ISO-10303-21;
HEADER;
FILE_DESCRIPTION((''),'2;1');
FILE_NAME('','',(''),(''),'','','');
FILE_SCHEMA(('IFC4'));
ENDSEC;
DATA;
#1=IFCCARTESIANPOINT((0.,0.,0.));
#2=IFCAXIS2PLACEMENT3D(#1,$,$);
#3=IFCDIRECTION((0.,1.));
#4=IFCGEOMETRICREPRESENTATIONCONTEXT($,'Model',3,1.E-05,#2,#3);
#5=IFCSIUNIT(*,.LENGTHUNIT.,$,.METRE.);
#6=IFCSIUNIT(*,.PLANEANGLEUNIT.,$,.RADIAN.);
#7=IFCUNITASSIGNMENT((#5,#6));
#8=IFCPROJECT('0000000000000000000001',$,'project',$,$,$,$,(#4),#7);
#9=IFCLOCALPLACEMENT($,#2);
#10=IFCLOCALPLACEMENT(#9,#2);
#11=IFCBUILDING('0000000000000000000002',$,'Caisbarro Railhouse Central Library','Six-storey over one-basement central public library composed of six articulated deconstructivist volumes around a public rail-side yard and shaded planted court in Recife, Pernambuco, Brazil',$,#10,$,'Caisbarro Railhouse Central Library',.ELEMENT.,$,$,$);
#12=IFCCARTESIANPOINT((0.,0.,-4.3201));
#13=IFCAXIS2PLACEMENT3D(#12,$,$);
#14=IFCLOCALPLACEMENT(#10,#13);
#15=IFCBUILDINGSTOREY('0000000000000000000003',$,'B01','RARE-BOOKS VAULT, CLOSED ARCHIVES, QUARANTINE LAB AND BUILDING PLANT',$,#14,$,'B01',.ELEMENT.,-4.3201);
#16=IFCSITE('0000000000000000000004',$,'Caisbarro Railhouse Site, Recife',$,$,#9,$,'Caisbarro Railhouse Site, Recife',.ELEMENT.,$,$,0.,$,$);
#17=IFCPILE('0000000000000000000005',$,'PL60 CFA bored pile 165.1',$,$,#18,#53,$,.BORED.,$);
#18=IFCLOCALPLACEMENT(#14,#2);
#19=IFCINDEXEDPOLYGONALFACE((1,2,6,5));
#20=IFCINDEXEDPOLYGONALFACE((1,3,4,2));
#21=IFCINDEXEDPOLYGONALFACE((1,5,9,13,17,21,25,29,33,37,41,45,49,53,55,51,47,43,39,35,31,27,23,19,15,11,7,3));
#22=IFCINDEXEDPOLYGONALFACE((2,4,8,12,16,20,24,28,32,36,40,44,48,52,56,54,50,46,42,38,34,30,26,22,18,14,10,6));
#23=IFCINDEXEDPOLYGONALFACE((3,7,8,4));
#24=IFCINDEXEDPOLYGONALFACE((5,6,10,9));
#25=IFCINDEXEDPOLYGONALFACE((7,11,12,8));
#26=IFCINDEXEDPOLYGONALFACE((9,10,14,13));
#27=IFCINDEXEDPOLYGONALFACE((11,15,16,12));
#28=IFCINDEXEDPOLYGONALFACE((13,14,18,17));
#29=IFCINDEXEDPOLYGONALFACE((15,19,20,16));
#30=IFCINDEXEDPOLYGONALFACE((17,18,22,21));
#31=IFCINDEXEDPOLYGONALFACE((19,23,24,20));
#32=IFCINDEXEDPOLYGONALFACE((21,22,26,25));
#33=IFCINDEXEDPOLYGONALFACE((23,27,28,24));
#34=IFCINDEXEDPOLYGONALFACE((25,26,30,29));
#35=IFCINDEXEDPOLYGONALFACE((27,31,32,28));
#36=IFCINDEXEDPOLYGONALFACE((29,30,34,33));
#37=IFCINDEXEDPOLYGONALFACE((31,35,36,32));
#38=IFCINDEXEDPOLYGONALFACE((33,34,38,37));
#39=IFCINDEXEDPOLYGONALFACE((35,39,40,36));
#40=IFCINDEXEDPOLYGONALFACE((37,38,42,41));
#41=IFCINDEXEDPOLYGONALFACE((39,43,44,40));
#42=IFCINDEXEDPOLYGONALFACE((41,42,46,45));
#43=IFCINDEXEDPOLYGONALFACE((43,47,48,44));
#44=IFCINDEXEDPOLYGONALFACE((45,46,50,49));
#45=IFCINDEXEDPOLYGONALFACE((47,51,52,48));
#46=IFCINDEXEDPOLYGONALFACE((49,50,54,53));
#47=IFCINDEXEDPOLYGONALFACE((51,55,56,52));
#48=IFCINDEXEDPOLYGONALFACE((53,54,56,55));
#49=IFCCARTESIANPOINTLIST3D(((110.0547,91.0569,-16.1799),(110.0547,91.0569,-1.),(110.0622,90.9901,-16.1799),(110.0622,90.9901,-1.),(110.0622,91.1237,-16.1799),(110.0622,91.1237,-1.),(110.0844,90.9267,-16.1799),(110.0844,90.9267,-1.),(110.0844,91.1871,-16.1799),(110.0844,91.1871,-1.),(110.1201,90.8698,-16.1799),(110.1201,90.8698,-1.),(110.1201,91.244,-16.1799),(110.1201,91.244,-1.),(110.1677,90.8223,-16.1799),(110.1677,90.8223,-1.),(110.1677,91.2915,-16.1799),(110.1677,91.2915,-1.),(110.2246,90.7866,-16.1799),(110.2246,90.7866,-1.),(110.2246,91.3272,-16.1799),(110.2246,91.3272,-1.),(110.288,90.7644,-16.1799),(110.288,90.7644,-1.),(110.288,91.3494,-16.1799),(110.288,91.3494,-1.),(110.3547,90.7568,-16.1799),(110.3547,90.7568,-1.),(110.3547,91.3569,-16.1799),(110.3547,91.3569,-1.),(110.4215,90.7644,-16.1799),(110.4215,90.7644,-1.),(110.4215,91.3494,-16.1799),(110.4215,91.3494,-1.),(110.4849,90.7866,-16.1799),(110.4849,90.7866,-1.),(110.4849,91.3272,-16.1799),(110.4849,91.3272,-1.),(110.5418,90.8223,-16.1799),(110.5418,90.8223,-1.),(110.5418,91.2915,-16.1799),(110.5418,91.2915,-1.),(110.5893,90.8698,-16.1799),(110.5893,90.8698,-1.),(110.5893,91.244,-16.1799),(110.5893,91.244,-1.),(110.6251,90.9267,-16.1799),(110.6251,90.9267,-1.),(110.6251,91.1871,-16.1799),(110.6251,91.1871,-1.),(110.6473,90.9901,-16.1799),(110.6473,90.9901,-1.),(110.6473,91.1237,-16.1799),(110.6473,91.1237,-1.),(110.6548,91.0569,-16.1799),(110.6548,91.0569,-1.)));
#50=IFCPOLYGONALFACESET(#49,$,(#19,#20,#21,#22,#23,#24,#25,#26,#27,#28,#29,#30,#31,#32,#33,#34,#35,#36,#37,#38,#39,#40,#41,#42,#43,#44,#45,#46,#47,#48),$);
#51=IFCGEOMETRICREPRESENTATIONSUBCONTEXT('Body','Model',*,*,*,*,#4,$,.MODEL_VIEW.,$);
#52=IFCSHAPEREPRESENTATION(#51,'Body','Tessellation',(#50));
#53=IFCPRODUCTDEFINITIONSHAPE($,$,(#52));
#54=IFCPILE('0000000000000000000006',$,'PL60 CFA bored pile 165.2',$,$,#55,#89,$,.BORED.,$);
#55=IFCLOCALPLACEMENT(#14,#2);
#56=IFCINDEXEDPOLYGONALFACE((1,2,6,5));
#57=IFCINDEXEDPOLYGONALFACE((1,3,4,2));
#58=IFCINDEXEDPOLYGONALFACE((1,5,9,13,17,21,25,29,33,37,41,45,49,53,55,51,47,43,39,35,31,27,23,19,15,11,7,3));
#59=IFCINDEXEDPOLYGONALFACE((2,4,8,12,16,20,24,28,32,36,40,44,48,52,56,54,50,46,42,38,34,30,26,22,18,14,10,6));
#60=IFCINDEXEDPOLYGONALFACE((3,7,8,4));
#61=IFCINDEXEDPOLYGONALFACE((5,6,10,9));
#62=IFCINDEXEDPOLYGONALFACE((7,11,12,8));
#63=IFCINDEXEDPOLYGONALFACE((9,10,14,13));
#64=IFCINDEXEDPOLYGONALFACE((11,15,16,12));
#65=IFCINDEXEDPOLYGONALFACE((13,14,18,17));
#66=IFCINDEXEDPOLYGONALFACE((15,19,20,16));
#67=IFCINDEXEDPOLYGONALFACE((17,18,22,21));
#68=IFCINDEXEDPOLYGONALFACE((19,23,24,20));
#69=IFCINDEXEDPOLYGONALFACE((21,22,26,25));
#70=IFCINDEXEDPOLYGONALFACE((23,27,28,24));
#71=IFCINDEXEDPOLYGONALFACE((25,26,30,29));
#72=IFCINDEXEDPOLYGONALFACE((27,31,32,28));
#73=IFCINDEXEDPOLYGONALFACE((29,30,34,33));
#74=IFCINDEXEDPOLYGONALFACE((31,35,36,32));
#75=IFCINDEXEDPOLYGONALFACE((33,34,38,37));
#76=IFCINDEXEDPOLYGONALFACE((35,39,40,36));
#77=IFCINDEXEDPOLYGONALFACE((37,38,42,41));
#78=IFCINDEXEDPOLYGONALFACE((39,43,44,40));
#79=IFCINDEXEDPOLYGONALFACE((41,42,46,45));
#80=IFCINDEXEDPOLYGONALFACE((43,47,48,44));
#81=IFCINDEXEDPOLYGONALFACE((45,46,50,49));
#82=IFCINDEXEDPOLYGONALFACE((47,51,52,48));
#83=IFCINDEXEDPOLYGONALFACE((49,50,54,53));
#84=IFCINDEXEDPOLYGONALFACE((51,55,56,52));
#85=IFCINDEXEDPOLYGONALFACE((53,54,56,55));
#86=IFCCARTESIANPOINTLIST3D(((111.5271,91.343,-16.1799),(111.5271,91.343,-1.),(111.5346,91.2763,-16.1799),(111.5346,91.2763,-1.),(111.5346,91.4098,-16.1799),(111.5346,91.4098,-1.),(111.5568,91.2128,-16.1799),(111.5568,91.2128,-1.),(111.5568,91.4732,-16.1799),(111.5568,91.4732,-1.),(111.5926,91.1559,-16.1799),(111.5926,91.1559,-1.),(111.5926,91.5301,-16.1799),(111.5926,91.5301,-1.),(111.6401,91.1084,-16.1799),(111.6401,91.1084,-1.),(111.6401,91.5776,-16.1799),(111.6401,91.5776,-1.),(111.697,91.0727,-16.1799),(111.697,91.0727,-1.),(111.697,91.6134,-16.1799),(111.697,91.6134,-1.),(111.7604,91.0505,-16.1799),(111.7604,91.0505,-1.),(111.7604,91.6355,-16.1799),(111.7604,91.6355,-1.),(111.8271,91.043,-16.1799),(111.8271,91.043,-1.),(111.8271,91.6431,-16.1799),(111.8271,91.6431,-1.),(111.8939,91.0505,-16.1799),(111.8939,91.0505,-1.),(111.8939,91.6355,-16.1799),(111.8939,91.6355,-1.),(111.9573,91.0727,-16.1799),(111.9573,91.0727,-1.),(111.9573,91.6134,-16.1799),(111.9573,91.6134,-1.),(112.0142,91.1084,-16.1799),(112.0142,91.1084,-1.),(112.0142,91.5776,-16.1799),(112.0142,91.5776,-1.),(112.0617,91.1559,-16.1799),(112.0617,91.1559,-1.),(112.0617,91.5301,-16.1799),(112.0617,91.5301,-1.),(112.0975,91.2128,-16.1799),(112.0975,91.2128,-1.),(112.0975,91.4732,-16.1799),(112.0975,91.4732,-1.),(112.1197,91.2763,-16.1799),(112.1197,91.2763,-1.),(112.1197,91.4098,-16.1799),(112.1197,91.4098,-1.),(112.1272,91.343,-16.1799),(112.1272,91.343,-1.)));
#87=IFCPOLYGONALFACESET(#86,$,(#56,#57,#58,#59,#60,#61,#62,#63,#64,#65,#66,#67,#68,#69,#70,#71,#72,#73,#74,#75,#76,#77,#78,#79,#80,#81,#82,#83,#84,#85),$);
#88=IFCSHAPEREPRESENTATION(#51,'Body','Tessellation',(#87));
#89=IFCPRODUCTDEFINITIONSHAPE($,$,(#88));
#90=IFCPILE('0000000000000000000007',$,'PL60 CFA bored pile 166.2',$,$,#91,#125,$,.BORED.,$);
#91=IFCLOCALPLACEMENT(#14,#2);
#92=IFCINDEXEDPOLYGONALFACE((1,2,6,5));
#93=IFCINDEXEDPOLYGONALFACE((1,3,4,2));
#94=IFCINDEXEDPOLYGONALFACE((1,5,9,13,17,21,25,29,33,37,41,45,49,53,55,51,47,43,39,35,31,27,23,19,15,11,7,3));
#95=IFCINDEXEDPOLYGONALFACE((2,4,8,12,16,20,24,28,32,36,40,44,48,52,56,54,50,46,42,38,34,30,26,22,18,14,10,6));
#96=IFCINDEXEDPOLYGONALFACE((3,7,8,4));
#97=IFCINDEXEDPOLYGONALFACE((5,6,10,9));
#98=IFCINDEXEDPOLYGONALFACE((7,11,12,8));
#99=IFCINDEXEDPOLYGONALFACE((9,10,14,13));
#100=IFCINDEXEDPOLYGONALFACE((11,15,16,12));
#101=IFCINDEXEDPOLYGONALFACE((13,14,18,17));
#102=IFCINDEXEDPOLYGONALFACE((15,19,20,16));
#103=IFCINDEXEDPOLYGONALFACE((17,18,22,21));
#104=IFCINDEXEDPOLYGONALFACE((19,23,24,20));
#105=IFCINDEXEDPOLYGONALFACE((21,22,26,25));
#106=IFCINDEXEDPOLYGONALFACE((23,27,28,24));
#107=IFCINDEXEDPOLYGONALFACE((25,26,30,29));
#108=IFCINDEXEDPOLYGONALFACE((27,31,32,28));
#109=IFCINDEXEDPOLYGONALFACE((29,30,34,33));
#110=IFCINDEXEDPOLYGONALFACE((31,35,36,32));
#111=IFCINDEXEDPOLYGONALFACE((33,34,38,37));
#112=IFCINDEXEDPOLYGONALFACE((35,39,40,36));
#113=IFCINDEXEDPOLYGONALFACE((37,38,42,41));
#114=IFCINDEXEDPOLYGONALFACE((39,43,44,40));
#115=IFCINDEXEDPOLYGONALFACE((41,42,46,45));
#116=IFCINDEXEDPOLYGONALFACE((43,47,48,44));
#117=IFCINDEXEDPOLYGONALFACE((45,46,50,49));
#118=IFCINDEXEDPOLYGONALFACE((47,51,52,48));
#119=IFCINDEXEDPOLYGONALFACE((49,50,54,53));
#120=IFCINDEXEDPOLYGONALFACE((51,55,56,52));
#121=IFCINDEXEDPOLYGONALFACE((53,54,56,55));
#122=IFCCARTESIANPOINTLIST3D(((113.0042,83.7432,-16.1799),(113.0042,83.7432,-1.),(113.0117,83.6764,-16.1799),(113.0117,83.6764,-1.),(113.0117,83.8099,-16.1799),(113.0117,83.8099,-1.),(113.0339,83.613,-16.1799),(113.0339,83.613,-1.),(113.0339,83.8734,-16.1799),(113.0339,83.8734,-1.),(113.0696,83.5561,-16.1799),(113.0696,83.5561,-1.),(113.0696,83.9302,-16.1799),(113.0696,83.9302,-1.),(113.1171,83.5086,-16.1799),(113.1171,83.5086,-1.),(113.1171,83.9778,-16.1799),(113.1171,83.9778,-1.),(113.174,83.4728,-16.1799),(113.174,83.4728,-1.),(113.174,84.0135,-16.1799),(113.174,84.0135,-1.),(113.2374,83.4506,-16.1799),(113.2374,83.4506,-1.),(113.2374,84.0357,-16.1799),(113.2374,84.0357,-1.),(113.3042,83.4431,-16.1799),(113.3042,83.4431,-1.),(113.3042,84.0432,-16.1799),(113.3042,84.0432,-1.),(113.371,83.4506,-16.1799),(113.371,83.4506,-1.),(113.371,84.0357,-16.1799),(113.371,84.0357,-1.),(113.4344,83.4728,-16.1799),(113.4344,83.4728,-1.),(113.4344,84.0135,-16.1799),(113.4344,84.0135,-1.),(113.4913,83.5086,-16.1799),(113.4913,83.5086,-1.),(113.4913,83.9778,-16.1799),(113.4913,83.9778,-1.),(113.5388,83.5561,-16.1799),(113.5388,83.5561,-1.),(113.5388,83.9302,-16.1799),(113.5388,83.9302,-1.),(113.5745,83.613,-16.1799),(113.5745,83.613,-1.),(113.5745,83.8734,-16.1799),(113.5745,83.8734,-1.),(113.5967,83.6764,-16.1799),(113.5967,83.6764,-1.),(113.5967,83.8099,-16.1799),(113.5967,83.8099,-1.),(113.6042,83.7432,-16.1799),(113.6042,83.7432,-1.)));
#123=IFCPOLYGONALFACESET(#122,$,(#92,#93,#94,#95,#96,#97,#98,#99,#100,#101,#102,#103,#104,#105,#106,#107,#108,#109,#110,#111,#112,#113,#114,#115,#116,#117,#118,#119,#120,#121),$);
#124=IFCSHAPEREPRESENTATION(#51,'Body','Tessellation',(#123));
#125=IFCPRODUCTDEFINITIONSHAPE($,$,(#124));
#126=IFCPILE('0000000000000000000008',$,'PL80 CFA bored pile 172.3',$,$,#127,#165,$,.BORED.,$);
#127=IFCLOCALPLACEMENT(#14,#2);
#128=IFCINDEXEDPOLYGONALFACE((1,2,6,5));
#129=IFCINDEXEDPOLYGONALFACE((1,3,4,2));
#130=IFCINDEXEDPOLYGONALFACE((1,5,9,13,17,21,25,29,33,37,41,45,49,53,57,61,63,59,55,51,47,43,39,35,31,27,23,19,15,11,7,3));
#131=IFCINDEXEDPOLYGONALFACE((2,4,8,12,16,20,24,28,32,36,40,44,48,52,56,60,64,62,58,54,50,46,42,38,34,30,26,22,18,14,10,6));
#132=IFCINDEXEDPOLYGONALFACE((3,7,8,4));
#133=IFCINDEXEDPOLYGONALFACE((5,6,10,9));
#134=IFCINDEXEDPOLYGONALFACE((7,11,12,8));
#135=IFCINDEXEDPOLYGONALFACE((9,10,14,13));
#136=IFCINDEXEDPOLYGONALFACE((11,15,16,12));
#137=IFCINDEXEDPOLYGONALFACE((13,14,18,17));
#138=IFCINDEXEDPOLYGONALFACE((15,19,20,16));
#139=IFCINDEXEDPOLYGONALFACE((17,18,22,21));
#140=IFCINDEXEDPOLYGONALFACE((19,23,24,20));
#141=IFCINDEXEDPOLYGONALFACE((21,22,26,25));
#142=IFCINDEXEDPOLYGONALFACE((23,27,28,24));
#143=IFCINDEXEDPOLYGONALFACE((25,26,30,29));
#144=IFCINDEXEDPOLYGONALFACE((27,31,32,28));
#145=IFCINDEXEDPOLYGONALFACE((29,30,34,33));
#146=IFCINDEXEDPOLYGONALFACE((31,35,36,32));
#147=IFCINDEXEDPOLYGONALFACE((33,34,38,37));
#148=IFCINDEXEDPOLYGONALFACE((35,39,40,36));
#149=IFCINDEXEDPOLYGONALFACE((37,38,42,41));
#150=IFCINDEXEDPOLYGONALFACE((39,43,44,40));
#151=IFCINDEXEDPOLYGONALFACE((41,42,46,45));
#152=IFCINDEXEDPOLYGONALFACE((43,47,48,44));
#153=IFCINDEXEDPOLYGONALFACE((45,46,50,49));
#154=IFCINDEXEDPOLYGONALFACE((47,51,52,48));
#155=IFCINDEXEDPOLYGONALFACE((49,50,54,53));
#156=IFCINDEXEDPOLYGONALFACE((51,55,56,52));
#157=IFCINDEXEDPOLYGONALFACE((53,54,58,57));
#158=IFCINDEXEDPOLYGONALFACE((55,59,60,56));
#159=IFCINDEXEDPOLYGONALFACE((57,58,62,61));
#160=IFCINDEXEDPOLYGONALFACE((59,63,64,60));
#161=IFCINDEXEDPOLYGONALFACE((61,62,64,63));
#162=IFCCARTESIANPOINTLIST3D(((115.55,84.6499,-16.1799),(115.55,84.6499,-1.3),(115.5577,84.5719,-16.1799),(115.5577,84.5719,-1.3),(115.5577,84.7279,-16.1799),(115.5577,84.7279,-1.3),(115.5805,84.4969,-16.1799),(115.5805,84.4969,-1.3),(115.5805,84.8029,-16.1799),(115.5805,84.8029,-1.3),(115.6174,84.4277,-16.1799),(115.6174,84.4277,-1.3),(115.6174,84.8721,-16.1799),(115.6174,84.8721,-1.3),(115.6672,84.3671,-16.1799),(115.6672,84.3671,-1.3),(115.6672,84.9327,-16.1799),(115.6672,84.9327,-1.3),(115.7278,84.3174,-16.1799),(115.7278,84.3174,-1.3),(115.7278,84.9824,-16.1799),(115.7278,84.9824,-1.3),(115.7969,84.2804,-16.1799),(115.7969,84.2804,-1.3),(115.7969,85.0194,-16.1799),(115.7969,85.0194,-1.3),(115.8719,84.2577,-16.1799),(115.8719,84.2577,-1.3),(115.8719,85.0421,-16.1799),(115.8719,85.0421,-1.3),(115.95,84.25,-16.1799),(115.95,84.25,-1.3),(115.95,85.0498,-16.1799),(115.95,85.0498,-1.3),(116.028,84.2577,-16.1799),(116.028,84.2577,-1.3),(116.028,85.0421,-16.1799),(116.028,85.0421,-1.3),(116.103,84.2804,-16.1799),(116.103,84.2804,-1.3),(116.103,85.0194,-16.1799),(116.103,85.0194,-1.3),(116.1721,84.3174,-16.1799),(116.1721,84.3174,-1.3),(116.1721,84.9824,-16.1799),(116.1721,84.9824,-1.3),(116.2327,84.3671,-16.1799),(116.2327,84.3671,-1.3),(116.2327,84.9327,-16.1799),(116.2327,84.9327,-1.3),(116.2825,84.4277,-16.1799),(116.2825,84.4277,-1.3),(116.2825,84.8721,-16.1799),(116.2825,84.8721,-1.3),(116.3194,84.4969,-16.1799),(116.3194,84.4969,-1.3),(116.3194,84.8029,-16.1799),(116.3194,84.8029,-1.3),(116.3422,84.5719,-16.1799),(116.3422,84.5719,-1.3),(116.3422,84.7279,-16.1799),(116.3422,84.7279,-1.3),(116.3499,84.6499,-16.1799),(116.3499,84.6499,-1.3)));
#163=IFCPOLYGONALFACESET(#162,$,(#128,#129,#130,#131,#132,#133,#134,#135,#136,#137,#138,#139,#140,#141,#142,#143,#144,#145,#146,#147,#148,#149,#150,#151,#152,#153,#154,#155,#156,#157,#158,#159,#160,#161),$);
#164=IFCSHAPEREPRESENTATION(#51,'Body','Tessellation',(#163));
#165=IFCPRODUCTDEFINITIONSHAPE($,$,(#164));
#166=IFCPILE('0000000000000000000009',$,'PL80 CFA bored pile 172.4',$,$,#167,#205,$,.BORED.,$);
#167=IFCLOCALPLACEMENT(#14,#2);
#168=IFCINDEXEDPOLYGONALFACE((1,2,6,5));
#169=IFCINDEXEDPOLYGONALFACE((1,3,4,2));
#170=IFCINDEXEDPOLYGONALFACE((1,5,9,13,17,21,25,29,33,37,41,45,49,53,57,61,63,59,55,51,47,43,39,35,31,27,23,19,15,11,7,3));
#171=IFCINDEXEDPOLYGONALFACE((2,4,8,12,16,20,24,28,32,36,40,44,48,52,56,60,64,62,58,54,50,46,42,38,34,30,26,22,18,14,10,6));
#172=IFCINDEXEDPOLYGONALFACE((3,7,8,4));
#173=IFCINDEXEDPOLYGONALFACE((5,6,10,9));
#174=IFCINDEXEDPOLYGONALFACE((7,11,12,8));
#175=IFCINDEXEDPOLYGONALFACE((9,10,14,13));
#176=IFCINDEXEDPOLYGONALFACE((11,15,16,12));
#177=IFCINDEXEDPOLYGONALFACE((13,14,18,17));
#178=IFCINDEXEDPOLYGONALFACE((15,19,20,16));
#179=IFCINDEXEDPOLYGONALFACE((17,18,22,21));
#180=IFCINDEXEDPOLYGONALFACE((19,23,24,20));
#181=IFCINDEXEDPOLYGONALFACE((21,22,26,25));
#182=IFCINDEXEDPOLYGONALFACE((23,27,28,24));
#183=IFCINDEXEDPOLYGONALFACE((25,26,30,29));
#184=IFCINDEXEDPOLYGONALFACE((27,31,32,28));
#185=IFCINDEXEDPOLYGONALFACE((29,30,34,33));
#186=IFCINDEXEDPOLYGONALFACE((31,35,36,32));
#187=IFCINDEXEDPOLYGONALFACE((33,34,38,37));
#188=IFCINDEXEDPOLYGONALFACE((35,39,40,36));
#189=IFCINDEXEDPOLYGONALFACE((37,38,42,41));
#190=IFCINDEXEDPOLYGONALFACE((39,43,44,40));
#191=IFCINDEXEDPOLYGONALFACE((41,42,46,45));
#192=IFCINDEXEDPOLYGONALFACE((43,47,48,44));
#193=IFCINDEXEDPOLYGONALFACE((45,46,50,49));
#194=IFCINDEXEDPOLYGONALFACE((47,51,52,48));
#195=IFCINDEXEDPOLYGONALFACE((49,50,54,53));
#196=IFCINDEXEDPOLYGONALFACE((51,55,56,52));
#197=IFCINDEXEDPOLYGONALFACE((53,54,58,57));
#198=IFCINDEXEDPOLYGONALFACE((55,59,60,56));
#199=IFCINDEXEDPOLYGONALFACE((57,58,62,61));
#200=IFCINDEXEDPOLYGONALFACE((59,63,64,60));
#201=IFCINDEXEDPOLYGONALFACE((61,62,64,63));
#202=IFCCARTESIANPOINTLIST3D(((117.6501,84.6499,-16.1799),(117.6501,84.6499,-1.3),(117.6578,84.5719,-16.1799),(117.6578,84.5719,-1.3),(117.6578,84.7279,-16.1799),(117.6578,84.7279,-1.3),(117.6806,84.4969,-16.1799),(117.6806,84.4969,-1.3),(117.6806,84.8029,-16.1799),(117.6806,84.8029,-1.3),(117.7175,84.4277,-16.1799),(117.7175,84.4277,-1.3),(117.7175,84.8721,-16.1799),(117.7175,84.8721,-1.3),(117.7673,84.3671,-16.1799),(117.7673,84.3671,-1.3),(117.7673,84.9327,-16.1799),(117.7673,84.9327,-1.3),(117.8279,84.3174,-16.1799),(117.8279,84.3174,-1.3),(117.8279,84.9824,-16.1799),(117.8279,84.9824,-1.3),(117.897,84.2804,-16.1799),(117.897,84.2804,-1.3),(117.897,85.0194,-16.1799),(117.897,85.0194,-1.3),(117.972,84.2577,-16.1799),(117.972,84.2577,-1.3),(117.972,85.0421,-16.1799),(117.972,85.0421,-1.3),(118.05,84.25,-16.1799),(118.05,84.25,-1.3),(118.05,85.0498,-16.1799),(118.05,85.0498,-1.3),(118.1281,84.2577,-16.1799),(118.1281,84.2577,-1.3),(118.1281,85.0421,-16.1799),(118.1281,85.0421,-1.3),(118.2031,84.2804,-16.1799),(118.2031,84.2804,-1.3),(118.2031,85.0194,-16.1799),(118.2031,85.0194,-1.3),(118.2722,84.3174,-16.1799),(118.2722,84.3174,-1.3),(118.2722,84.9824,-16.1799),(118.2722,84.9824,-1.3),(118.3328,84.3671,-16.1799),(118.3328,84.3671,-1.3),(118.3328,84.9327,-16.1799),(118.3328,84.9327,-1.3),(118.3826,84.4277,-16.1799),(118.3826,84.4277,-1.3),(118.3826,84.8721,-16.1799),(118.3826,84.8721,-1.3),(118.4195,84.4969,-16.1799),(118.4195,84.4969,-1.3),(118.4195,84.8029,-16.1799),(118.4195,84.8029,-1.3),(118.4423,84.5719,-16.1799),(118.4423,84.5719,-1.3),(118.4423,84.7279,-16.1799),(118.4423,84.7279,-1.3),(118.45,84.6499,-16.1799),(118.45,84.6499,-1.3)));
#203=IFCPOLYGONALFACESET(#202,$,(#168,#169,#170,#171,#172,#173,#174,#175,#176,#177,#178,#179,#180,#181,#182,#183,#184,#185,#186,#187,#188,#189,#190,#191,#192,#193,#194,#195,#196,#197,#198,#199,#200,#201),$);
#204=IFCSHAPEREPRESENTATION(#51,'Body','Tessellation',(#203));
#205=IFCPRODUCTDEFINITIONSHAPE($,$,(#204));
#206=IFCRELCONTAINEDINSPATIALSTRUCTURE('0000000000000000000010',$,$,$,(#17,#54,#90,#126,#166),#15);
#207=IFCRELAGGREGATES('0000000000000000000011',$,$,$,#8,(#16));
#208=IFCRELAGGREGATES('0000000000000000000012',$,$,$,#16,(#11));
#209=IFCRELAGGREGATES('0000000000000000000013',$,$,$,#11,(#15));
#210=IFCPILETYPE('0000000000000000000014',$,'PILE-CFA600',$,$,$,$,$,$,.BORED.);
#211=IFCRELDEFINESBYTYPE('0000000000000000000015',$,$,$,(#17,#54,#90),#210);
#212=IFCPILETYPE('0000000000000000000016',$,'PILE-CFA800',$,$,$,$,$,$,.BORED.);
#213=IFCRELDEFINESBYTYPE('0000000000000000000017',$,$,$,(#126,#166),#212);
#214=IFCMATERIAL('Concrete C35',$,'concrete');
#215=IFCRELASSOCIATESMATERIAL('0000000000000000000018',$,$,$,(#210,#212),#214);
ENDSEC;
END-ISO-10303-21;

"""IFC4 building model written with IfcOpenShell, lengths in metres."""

from ifc_helpers import new_model, si_unit, direction, frame, origin, origin_2d, place, context, subcontext, project, spatial, circle, extrude, material, material_profile, profile_set, type_object, element, save


model = new_model("IFC4")

# Units and contexts
model_context = context("Model", 3, precision=1e-05, world=origin(), true_north=direction((0.0, 1.0)))
body_context = subcontext(model_context, "Body", "Model", "MODEL_VIEW")
ifc_project = project(units=[si_unit("LENGTHUNIT", "METRE"), si_unit("PLANEANGLEUNIT", "RADIAN")], contexts=[model_context])

# Site, building, storey
site_placement = place(None, origin())
site = spatial("IfcSite", under=ifc_project, at=site_placement, Name="Caisbarro Railhouse Site, Recife", LongName="Caisbarro Railhouse Site, Recife", CompositionType="ELEMENT", RefElevation=0.0)
building_placement = place(site_placement, origin())
building = spatial("IfcBuilding", under=site, at=building_placement, Name="Caisbarro Railhouse Central Library", Description="Six-storey over one-basement central public library composed of six articulated deconstructivist volumes around a public rail-side yard and shaded planted court in Recife, Pernambuco, Brazil", LongName="Caisbarro Railhouse Central Library", CompositionType="ELEMENT")
storey_placement = place(building_placement, frame((0.0, 0.0, -4.3201)))
storey = spatial("IfcBuildingStorey", under=building, at=storey_placement, Name="B01", Description="RARE-BOOKS VAULT, CLOSED ARCHIVES, QUARANTINE LAB AND BUILDING PLANT", LongName="B01", CompositionType="ELEMENT", Elevation=-4.3201)

# Shared definitions
ifc_material_1 = material(Name="Concrete C35", Category="concrete")

# Piles
ifc_material_profile_1 = material_profile(ifc_material_1, circle(Radius=0.3, at=origin_2d()), Name="PILE-CFA-600")
ifc_profile_set_1 = profile_set([ifc_material_profile_1], Name="Concrete C35")
pile_type_1 = type_object("IfcPileType", Name="PILE-CFA600", PredefinedType="BORED", material=ifc_profile_set_1)
for number, where, z_axis, x_axis, name in (
    (1, (110.3547, 91.0569, -1.0), (0.0, 0.0, -1.0), (1.0, 0.0, 0.0), "PL60 CFA bored pile 165.1"),
    (2, (111.8271, 91.343, -1.0), (0.0, 0.0, -1.0), (1.0, 0.0, 0.0), "PL60 CFA bored pile 165.2"),
    (3, (113.3042, 83.7432, -1.0), (0.0, 0.0, -1.0), (1.0, 0.0, 0.0), "PL60 CFA bored pile 166.2"),
):
    element("IfcPile", number, at=place(storey_placement, frame(where, z_axis=z_axis, x_axis=x_axis)), inside=storey, type_object=pile_type_1, Name=name, PredefinedType="BORED", context=body_context, shape_type="SweptSolid", body=[
        extrude(circle(Radius=0.3, at=origin_2d()), origin(), (0.0, 0.0, 1.0), 15.1799),
    ])
ifc_material_profile_2 = material_profile(ifc_material_1, circle(Radius=0.3999, at=origin_2d()), Name="PILE-CFA-800")
ifc_profile_set_2 = profile_set([ifc_material_profile_2], Name="Concrete C35")
pile_type_2 = type_object("IfcPileType", Name="PILE-CFA800", PredefinedType="BORED", material=ifc_profile_set_2)
for number, where, z_axis, x_axis, name in (
    (4, (115.95, 84.6499, -1.3), (0.0, 0.0, -1.0), (1.0, 0.0, 0.0), "PL80 CFA bored pile 172.3"),
    (5, (118.05, 84.6499, -1.3), (0.0, 0.0, -1.0), (1.0, 0.0, 0.0), "PL80 CFA bored pile 172.4"),
):
    element("IfcPile", number, at=place(storey_placement, frame(where, z_axis=z_axis, x_axis=x_axis)), inside=storey, type_object=pile_type_2, Name=name, PredefinedType="BORED", context=body_context, shape_type="SweptSolid", body=[
        extrude(circle(Radius=0.3999, at=origin_2d()), origin(), (0.0, 0.0, 1.0), 14.8799),
    ])

save(model, "model.ifc")
